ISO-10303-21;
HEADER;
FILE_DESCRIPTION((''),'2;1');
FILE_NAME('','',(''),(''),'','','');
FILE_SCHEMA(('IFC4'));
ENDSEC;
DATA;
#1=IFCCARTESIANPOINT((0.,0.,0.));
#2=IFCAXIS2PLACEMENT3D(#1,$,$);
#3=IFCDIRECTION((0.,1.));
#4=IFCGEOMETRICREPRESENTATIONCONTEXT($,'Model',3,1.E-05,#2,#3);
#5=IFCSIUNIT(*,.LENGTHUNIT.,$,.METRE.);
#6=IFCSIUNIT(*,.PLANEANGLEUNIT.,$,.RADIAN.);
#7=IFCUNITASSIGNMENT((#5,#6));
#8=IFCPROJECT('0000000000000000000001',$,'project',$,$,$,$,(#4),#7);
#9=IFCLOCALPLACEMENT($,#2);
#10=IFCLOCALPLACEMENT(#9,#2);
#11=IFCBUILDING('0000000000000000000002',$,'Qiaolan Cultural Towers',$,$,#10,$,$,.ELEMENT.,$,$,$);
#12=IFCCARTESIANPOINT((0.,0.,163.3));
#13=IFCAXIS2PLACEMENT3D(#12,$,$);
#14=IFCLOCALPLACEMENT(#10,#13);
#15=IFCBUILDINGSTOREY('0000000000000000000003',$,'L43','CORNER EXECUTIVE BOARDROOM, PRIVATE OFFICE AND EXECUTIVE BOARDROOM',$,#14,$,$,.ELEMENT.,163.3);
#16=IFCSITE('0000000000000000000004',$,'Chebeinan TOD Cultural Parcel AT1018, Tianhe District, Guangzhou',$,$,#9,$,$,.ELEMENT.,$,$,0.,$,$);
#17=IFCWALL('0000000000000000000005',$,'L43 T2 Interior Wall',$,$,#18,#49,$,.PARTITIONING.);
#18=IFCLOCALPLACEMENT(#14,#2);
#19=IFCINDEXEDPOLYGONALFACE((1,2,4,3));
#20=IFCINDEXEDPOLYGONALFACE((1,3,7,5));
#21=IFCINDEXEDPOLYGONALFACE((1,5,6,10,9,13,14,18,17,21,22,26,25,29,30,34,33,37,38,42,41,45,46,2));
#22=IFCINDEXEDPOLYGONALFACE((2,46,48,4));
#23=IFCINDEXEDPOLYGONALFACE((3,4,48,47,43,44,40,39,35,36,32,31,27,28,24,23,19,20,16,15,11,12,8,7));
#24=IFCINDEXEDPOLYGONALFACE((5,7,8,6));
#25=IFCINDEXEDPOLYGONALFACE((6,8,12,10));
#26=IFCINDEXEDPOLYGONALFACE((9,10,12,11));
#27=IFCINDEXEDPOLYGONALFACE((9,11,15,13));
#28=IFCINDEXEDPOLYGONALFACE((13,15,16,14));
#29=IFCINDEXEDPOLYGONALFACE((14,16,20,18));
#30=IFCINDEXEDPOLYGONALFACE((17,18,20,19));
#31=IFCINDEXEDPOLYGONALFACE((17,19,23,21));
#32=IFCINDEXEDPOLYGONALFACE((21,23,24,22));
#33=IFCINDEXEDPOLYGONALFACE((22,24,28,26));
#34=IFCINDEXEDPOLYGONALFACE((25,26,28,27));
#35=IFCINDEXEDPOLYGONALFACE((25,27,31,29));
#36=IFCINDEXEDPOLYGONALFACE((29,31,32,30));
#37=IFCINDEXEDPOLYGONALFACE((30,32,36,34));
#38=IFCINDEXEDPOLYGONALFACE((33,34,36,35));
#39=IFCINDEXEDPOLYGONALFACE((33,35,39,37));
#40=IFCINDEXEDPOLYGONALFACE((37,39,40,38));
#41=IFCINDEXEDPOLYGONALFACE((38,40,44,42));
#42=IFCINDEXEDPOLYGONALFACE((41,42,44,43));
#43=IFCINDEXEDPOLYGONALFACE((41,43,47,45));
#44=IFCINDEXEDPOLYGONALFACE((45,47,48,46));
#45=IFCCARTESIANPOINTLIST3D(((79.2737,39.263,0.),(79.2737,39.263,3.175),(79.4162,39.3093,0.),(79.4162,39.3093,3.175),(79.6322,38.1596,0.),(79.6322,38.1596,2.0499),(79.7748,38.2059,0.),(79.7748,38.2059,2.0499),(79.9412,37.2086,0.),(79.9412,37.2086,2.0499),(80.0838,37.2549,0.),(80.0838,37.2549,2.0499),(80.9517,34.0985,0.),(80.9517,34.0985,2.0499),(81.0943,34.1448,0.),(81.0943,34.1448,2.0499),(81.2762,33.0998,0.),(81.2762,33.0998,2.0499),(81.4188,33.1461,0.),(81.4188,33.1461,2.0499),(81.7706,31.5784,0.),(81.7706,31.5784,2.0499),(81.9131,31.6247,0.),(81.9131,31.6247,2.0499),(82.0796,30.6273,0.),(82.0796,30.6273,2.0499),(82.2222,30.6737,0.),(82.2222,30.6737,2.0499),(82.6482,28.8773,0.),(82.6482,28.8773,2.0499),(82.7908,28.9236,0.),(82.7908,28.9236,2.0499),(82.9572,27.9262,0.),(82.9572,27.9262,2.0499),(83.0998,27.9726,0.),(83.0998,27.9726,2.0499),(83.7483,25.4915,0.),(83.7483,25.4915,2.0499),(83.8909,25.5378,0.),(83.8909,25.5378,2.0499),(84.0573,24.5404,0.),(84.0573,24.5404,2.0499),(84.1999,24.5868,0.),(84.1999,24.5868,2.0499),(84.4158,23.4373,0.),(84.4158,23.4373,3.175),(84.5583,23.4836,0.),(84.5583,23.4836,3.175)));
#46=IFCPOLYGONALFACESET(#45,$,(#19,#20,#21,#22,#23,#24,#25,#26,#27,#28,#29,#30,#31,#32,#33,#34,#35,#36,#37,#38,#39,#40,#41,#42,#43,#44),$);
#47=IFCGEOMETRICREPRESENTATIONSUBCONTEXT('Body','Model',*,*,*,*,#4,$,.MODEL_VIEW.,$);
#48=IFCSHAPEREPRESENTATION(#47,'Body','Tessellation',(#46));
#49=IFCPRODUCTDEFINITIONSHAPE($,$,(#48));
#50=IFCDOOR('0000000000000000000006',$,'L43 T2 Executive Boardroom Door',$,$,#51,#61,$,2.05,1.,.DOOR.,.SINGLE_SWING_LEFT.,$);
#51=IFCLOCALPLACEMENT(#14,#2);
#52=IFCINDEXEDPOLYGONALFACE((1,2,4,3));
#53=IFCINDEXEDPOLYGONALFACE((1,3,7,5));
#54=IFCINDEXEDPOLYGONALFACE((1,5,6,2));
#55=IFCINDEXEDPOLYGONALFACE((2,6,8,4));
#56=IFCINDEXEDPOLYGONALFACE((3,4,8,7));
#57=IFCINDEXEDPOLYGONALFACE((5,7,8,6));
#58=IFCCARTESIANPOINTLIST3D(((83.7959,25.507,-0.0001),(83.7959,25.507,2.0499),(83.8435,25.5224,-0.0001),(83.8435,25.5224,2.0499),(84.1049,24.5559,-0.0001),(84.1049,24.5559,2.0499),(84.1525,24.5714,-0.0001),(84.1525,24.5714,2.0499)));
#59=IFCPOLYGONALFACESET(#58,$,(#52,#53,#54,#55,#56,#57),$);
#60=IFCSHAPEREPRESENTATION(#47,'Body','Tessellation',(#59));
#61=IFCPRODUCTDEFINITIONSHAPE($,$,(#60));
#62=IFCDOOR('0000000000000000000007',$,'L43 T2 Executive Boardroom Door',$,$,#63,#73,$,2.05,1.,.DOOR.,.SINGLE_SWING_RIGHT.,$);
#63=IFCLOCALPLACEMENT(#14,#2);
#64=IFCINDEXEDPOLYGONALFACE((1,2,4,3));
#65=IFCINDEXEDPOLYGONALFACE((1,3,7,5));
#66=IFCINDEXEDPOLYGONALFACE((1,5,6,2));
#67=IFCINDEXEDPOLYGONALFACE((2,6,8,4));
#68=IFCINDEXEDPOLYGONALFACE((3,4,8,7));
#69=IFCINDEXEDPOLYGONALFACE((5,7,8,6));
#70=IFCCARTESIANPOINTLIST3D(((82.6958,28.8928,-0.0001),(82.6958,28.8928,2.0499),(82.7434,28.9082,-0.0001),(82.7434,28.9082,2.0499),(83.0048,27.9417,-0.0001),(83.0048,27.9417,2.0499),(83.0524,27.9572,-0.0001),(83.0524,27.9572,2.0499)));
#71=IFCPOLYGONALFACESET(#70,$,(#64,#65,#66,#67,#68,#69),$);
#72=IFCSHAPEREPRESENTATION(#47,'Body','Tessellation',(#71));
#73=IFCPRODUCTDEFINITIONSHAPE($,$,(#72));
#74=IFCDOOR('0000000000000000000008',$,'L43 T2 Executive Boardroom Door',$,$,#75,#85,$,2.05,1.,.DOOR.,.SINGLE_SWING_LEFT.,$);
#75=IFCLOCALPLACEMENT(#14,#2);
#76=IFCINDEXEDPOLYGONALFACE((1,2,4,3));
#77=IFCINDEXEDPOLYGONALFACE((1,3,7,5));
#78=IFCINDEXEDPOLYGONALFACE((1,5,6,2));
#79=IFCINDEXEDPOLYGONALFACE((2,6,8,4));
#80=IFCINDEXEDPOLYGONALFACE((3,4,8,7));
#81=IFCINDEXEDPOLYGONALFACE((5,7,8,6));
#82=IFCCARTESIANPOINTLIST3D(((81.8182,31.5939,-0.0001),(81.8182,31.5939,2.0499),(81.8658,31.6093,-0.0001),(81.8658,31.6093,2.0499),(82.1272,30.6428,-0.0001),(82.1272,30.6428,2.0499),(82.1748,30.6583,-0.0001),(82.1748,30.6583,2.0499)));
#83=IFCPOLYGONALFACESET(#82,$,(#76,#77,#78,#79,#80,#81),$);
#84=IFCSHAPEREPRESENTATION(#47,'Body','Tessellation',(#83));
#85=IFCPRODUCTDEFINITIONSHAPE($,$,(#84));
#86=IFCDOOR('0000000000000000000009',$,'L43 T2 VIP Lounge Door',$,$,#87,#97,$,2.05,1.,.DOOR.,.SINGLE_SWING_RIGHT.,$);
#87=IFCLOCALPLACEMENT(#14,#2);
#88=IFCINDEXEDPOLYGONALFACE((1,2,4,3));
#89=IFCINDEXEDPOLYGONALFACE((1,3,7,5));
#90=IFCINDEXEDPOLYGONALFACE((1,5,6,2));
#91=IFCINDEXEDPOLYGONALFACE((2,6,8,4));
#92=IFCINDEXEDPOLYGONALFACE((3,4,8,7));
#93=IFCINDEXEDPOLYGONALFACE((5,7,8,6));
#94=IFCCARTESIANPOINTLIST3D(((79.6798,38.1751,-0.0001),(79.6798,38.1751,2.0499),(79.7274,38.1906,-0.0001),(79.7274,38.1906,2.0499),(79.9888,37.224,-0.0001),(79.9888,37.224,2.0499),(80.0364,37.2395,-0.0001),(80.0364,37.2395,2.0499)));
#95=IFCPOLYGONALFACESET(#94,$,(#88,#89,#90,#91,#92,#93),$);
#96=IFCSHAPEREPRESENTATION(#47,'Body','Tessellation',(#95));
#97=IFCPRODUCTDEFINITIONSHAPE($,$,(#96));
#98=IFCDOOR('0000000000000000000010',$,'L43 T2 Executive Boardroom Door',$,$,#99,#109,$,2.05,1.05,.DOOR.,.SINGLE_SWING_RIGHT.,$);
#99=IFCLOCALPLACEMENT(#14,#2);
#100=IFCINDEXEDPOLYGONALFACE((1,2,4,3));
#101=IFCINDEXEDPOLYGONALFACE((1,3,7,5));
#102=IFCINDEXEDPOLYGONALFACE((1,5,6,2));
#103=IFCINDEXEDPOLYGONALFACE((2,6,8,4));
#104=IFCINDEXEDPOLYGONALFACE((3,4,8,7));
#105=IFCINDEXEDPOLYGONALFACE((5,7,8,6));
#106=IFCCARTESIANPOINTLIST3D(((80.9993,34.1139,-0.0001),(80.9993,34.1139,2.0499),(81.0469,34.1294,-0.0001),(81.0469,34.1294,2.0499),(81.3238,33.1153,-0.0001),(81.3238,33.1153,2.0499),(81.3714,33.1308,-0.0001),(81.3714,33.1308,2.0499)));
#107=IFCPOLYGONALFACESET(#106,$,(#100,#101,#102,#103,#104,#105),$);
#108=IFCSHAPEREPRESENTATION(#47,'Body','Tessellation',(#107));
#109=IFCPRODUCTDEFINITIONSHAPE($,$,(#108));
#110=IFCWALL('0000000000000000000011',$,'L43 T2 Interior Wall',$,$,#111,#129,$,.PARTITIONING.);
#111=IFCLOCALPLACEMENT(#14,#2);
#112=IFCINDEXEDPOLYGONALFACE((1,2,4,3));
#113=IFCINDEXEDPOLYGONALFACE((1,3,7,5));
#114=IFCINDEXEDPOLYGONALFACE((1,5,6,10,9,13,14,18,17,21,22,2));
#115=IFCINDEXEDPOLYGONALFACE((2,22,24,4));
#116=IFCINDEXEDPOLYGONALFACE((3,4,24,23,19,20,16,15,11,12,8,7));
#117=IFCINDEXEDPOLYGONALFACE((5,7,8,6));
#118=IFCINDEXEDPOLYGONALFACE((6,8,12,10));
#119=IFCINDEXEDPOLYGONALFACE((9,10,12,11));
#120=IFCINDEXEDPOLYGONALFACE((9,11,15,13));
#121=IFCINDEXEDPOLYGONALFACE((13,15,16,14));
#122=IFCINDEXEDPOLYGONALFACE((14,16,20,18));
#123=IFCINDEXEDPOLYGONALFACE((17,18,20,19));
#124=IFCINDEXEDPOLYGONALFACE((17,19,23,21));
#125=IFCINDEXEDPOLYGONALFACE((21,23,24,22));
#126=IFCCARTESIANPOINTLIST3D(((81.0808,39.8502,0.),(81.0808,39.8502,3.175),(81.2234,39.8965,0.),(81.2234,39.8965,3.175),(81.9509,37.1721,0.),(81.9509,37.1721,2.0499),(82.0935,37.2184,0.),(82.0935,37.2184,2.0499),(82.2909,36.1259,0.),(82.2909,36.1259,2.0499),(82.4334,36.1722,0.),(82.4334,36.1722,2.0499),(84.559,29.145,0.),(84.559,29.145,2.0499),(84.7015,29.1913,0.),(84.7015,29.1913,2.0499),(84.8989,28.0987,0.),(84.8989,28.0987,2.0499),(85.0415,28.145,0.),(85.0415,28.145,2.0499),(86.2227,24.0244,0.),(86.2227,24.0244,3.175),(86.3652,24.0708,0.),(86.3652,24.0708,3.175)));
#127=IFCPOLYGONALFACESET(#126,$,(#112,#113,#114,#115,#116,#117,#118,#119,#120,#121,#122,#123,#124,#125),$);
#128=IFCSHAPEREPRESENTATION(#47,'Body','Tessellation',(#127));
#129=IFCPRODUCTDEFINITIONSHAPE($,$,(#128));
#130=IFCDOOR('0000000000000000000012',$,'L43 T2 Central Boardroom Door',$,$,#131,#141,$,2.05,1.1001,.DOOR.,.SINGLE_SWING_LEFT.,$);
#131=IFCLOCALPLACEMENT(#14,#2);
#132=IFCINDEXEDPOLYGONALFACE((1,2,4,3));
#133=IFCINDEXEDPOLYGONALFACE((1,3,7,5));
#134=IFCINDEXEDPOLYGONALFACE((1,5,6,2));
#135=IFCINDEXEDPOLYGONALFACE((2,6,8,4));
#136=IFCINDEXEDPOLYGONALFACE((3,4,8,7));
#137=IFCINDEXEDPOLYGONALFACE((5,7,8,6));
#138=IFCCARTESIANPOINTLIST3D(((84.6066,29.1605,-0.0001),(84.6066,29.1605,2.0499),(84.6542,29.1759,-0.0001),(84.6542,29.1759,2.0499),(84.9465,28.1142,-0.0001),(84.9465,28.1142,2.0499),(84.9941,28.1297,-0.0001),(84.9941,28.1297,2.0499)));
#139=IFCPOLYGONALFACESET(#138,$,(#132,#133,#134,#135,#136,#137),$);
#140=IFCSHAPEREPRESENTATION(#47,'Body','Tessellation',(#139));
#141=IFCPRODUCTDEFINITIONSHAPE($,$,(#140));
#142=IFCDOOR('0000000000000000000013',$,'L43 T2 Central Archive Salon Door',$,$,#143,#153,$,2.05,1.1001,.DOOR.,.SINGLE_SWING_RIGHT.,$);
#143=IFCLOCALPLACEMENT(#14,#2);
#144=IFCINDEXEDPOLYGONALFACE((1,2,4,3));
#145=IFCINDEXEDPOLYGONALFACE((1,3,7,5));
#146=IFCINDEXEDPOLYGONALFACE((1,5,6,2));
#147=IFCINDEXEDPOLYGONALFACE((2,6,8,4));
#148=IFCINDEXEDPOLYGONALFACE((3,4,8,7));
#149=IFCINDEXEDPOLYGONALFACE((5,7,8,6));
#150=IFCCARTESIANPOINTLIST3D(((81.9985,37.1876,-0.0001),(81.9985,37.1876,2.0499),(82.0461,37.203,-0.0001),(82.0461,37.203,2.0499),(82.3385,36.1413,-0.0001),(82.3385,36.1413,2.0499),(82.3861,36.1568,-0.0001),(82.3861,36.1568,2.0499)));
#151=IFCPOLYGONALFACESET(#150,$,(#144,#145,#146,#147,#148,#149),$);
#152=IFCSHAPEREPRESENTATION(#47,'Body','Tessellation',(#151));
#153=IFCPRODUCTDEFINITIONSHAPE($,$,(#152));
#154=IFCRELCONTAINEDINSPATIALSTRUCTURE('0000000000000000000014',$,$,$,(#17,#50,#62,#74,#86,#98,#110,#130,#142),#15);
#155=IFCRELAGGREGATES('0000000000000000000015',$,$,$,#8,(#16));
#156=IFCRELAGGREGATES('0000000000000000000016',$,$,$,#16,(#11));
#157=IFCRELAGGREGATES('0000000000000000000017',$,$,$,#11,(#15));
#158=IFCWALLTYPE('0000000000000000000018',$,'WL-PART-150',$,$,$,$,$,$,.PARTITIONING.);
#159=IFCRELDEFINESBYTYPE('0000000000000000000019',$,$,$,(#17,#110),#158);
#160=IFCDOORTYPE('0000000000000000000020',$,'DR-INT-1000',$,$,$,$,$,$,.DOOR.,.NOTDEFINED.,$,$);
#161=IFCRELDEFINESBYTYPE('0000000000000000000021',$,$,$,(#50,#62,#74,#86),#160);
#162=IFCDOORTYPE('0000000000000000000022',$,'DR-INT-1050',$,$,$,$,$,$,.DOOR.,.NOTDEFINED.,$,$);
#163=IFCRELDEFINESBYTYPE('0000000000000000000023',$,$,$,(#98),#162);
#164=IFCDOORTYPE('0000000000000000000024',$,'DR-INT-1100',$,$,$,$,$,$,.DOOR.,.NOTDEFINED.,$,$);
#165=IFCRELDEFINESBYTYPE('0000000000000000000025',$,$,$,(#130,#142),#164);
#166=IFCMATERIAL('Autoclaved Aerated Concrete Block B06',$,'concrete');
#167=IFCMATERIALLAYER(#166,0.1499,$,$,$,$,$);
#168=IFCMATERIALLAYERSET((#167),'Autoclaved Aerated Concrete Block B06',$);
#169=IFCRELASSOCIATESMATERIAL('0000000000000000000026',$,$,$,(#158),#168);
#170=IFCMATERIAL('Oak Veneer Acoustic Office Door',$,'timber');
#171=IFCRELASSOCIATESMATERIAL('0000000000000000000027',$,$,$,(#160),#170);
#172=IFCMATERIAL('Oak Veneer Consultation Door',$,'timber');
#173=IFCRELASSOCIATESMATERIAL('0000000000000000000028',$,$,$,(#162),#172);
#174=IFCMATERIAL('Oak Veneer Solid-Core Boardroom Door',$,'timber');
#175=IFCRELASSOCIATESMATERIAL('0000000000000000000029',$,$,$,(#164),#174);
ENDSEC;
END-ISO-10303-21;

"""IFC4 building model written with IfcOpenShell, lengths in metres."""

from ifc_helpers import new_model, si_unit, direction, frame, frame_2d, origin, place, context, subcontext, project, spatial, rectangle, extrude, material, layer, layer_set, type_object, element, fill, save


model = new_model("IFC4")

# Units and contexts
model_context = context("Model", 3, precision=1e-05, world=origin(), true_north=direction((0.0, 1.0)))
body_context = subcontext(model_context, "Body", "Model", "MODEL_VIEW")
ifc_project = project(units=[si_unit("LENGTHUNIT", "METRE"), si_unit("PLANEANGLEUNIT", "RADIAN")], contexts=[model_context])

# Site, building, storey
site_placement = place(None, origin())
site = spatial("IfcSite", under=ifc_project, at=site_placement, Name="Chebeinan TOD Cultural Parcel AT1018, Tianhe District, Guangzhou", CompositionType="ELEMENT", RefElevation=0.0)
building_placement = place(site_placement, origin())
building = spatial("IfcBuilding", under=site, at=building_placement, Name="Qiaolan Cultural Towers", CompositionType="ELEMENT")
storey_placement = place(building_placement, frame((0.0, 0.0, 163.3)))
storey = spatial("IfcBuildingStorey", under=building, at=storey_placement, Name="L43", Description="CORNER EXECUTIVE BOARDROOM, PRIVATE OFFICE AND EXECUTIVE BOARDROOM", CompositionType="ELEMENT", Elevation=163.3)

# Shared definitions
ifc_material_1 = material(Name="Autoclaved Aerated Concrete Block B06", Category="concrete")
ifc_layer_1 = layer(ifc_material_1, 0.1499)
ifc_layer_set_1 = layer_set([ifc_layer_1], Name="Autoclaved Aerated Concrete Block B06")
wall_type_1 = type_object("IfcWallType", Name="WL-PART-150", PredefinedType="PARTITIONING", material=ifc_layer_set_1)

# Walls, openings, doors
wall_1_placement = place(storey_placement, frame((84.4871, 23.4604, 0.0), z_axis=(0.0, 0.0, 1.0), x_axis=(-0.309018, 0.951056, 0.0)))
wall_1 = element("IfcWall", 1, at=wall_1_placement, inside=storey, type_object=wall_type_1, Name="L43 T2 Interior Wall", PredefinedType="PARTITIONING", context=body_context, shape_type="SweptSolid", body=[
    extrude(rectangle(XDim=16.6401, YDim=0.1499, at=frame_2d((8.3201, 0.0))), origin(), (0.0, 0.0, 1.0), 3.175),
])
opening_1_placement = place(wall_1_placement, frame((1.1599, 0.0, 0.0)))
opening_1 = element("IfcOpeningElement", 2, at=opening_1_placement, cuts=wall_1, PredefinedType="OPENING", context=body_context, shape_type="SweptSolid", body=[
    extrude(rectangle(XDim=1.0, YDim=2.05, at=frame_2d((0.5, 1.0249))), frame((0.0, 0.085, 0.0), z_axis=(0.0, -1.0, 0.0), x_axis=(1.0, 0.0, 0.0)), (0.0, 0.0, 1.0), 0.1699),
])
opening_2_placement = place(wall_1_placement, frame((4.72, 0.0, 0.0)))
opening_2 = element("IfcOpeningElement", 3, at=opening_2_placement, cuts=wall_1, PredefinedType="OPENING", context=body_context, shape_type="SweptSolid", body=[
    extrude(rectangle(XDim=1.0, YDim=2.05, at=frame_2d((0.5, 1.0249))), frame((0.0, 0.085, 0.0), z_axis=(0.0, -1.0, 0.0), x_axis=(1.0, 0.0, 0.0)), (0.0, 0.0, 1.0), 0.1699),
])
opening_3_placement = place(wall_1_placement, frame((7.5601, 0.0, 0.0)))
opening_3 = element("IfcOpeningElement", 4, at=opening_3_placement, cuts=wall_1, PredefinedType="OPENING", context=body_context, shape_type="SweptSolid", body=[
    extrude(rectangle(XDim=1.0, YDim=2.05, at=frame_2d((0.5, 1.0249))), frame((0.0, 0.085, 0.0), z_axis=(0.0, -1.0, 0.0), x_axis=(1.0, 0.0, 0.0)), (0.0, 0.0, 1.0), 0.1699),
])
opening_4_placement = place(wall_1_placement, frame((10.1599, 0.0, 0.0)))
opening_4 = element("IfcOpeningElement", 5, at=opening_4_placement, cuts=wall_1, PredefinedType="OPENING", context=body_context, shape_type="SweptSolid", body=[
    extrude(rectangle(XDim=1.05, YDim=2.05, at=frame_2d((0.5249, 1.0249))), frame((0.0, 0.085, 0.0), z_axis=(0.0, -1.0, 0.0), x_axis=(1.0, 0.0, 0.0)), (0.0, 0.0, 1.0), 0.1699),
])
opening_5_placement = place(wall_1_placement, frame((14.48, 0.0, 0.0)))
opening_5 = element("IfcOpeningElement", 6, at=opening_5_placement, cuts=wall_1, PredefinedType="OPENING", context=body_context, shape_type="SweptSolid", body=[
    extrude(rectangle(XDim=1.0, YDim=2.05, at=frame_2d((0.5, 1.0249))), frame((0.0, 0.085, 0.0), z_axis=(0.0, -1.0, 0.0), x_axis=(1.0, 0.0, 0.0)), (0.0, 0.0, 1.0), 0.1699),
])
ifc_material_2 = material(Name="Oak Veneer Acoustic Office Door", Category="timber")
door_type_1 = type_object("IfcDoorType", Name="DR-INT-1000", OperationType="NOTDEFINED", PredefinedType="DOOR", material=ifc_material_2)
door_1_placement = place(opening_1_placement, origin())
door_1 = element("IfcDoor", 7, at=door_1_placement, inside=storey, type_object=door_type_1, Name="L43 T2 Executive Boardroom Door", OperationType="SINGLE_SWING_LEFT", OverallHeight=2.05, OverallWidth=1.0, PredefinedType="DOOR", context=body_context, shape_type="SweptSolid", body=[
    extrude(rectangle(XDim=1.0, YDim=2.05, at=frame_2d((0.5, 1.0249))), frame((0.0, 0.0249, 0.0), z_axis=(0.0, -1.0, 0.0), x_axis=(1.0, 0.0, 0.0)), (0.0, 0.0, 1.0), 0.05),
])
fill(opening_1, door_1)
door_2_placement = place(opening_2_placement, origin())
door_2 = element("IfcDoor", 8, at=door_2_placement, inside=storey, type_object=door_type_1, Name="L43 T2 Executive Boardroom Door", OperationType="SINGLE_SWING_RIGHT", OverallHeight=2.05, OverallWidth=1.0, PredefinedType="DOOR", context=body_context, shape_type="SweptSolid", body=[
    extrude(rectangle(XDim=1.0, YDim=2.05, at=frame_2d((0.5, 1.0249))), frame((0.0, 0.0249, 0.0), z_axis=(0.0, -1.0, 0.0), x_axis=(1.0, 0.0, 0.0)), (0.0, 0.0, 1.0), 0.05),
])
fill(opening_2, door_2)
door_3_placement = place(opening_3_placement, origin())
door_3 = element("IfcDoor", 9, at=door_3_placement, inside=storey, type_object=door_type_1, Name="L43 T2 Executive Boardroom Door", OperationType="SINGLE_SWING_LEFT", OverallHeight=2.05, OverallWidth=1.0, PredefinedType="DOOR", context=body_context, shape_type="SweptSolid", body=[
    extrude(rectangle(XDim=1.0, YDim=2.05, at=frame_2d((0.5, 1.0249))), frame((0.0, 0.0249, 0.0), z_axis=(0.0, -1.0, 0.0), x_axis=(1.0, 0.0, 0.0)), (0.0, 0.0, 1.0), 0.05),
])
fill(opening_3, door_3)
door_4_placement = place(opening_5_placement, origin())
door_4 = element("IfcDoor", 10, at=door_4_placement, inside=storey, type_object=door_type_1, Name="L43 T2 VIP Lounge Door", OperationType="SINGLE_SWING_RIGHT", OverallHeight=2.05, OverallWidth=1.0, PredefinedType="DOOR", context=body_context, shape_type="SweptSolid", body=[
    extrude(rectangle(XDim=1.0, YDim=2.05, at=frame_2d((0.5, 1.0249))), frame((0.0, 0.0249, 0.0), z_axis=(0.0, -1.0, 0.0), x_axis=(1.0, 0.0, 0.0)), (0.0, 0.0, 1.0), 0.05),
])
fill(opening_5, door_4)
ifc_material_3 = material(Name="Oak Veneer Consultation Door", Category="timber")
door_type_2 = type_object("IfcDoorType", Name="DR-INT-1050", OperationType="NOTDEFINED", PredefinedType="DOOR", material=ifc_material_3)
door_5_placement = place(opening_4_placement, origin())
door_5 = element("IfcDoor", 11, at=door_5_placement, inside=storey, type_object=door_type_2, Name="L43 T2 Executive Boardroom Door", OperationType="SINGLE_SWING_RIGHT", OverallHeight=2.05, OverallWidth=1.05, PredefinedType="DOOR", context=body_context, shape_type="SweptSolid", body=[
    extrude(rectangle(XDim=1.05, YDim=2.05, at=frame_2d((0.5249, 1.0249))), frame((0.0, 0.0249, 0.0), z_axis=(0.0, -1.0, 0.0), x_axis=(1.0, 0.0, 0.0)), (0.0, 0.0, 1.0), 0.05),
])
fill(opening_4, door_5)
wall_2_placement = place(storey_placement, frame((86.2939, 24.0476, 0.0), z_axis=(0.0, 0.0, 1.0), x_axis=(-0.309004, 0.951061, 0.0)))
wall_2 = element("IfcWall", 12, at=wall_2_placement, inside=storey, type_object=wall_type_1, Name="L43 T2 Interior Wall", PredefinedType="PARTITIONING", context=body_context, shape_type="SweptSolid", body=[
    extrude(rectangle(XDim=16.6401, YDim=0.1499, at=frame_2d((8.3201, 0.0))), origin(), (0.0, 0.0, 1.0), 3.175),
])
opening_6_placement = place(wall_2_placement, frame((4.2839, 0.0, 0.0)))
opening_6 = element("IfcOpeningElement", 13, at=opening_6_placement, cuts=wall_2, PredefinedType="OPENING", context=body_context, shape_type="SweptSolid", body=[
    extrude(rectangle(XDim=1.1001, YDim=2.05, at=frame_2d((0.55, 1.0249))), frame((0.0, 0.085, 0.0), z_axis=(0.0, -1.0, 0.0), x_axis=(1.0, 0.0, 0.0)), (0.0, 0.0, 1.0), 0.1699),
])
opening_7_placement = place(wall_2_placement, frame((12.7241, 0.0, 0.0)))
opening_7 = element("IfcOpeningElement", 14, at=opening_7_placement, cuts=wall_2, PredefinedType="OPENING", context=body_context, shape_type="SweptSolid", body=[
    extrude(rectangle(XDim=1.1001, YDim=2.05, at=frame_2d((0.55, 1.0249))), frame((0.0, 0.085, 0.0), z_axis=(0.0, -1.0, 0.0), x_axis=(1.0, 0.0, 0.0)), (0.0, 0.0, 1.0), 0.1699),
])
ifc_material_4 = material(Name="Oak Veneer Solid-Core Boardroom Door", Category="timber")
door_type_3 = type_object("IfcDoorType", Name="DR-INT-1100", OperationType="NOTDEFINED", PredefinedType="DOOR", material=ifc_material_4)
door_6_placement = place(opening_6_placement, origin())
door_6 = element("IfcDoor", 15, at=door_6_placement, inside=storey, type_object=door_type_3, Name="L43 T2 Central Boardroom Door", OperationType="SINGLE_SWING_LEFT", OverallHeight=2.05, OverallWidth=1.1001, PredefinedType="DOOR", context=body_context, shape_type="SweptSolid", body=[
    extrude(rectangle(XDim=1.1001, YDim=2.05, at=frame_2d((0.55, 1.0249))), frame((0.0, 0.0249, 0.0), z_axis=(0.0, -1.0, 0.0), x_axis=(1.0, 0.0, 0.0)), (0.0, 0.0, 1.0), 0.05),
])
fill(opening_6, door_6)
door_7_placement = place(opening_7_placement, origin())
door_7 = element("IfcDoor", 16, at=door_7_placement, inside=storey, type_object=door_type_3, Name="L43 T2 Central Archive Salon Door", OperationType="SINGLE_SWING_RIGHT", OverallHeight=2.05, OverallWidth=1.1001, PredefinedType="DOOR", context=body_context, shape_type="SweptSolid", body=[
    extrude(rectangle(XDim=1.1001, YDim=2.05, at=frame_2d((0.55, 1.0249))), frame((0.0, 0.0249, 0.0), z_axis=(0.0, -1.0, 0.0), x_axis=(1.0, 0.0, 0.0)), (0.0, 0.0, 1.0), 0.05),
])
fill(opening_7, door_7)

save(model, "model.ifc")
